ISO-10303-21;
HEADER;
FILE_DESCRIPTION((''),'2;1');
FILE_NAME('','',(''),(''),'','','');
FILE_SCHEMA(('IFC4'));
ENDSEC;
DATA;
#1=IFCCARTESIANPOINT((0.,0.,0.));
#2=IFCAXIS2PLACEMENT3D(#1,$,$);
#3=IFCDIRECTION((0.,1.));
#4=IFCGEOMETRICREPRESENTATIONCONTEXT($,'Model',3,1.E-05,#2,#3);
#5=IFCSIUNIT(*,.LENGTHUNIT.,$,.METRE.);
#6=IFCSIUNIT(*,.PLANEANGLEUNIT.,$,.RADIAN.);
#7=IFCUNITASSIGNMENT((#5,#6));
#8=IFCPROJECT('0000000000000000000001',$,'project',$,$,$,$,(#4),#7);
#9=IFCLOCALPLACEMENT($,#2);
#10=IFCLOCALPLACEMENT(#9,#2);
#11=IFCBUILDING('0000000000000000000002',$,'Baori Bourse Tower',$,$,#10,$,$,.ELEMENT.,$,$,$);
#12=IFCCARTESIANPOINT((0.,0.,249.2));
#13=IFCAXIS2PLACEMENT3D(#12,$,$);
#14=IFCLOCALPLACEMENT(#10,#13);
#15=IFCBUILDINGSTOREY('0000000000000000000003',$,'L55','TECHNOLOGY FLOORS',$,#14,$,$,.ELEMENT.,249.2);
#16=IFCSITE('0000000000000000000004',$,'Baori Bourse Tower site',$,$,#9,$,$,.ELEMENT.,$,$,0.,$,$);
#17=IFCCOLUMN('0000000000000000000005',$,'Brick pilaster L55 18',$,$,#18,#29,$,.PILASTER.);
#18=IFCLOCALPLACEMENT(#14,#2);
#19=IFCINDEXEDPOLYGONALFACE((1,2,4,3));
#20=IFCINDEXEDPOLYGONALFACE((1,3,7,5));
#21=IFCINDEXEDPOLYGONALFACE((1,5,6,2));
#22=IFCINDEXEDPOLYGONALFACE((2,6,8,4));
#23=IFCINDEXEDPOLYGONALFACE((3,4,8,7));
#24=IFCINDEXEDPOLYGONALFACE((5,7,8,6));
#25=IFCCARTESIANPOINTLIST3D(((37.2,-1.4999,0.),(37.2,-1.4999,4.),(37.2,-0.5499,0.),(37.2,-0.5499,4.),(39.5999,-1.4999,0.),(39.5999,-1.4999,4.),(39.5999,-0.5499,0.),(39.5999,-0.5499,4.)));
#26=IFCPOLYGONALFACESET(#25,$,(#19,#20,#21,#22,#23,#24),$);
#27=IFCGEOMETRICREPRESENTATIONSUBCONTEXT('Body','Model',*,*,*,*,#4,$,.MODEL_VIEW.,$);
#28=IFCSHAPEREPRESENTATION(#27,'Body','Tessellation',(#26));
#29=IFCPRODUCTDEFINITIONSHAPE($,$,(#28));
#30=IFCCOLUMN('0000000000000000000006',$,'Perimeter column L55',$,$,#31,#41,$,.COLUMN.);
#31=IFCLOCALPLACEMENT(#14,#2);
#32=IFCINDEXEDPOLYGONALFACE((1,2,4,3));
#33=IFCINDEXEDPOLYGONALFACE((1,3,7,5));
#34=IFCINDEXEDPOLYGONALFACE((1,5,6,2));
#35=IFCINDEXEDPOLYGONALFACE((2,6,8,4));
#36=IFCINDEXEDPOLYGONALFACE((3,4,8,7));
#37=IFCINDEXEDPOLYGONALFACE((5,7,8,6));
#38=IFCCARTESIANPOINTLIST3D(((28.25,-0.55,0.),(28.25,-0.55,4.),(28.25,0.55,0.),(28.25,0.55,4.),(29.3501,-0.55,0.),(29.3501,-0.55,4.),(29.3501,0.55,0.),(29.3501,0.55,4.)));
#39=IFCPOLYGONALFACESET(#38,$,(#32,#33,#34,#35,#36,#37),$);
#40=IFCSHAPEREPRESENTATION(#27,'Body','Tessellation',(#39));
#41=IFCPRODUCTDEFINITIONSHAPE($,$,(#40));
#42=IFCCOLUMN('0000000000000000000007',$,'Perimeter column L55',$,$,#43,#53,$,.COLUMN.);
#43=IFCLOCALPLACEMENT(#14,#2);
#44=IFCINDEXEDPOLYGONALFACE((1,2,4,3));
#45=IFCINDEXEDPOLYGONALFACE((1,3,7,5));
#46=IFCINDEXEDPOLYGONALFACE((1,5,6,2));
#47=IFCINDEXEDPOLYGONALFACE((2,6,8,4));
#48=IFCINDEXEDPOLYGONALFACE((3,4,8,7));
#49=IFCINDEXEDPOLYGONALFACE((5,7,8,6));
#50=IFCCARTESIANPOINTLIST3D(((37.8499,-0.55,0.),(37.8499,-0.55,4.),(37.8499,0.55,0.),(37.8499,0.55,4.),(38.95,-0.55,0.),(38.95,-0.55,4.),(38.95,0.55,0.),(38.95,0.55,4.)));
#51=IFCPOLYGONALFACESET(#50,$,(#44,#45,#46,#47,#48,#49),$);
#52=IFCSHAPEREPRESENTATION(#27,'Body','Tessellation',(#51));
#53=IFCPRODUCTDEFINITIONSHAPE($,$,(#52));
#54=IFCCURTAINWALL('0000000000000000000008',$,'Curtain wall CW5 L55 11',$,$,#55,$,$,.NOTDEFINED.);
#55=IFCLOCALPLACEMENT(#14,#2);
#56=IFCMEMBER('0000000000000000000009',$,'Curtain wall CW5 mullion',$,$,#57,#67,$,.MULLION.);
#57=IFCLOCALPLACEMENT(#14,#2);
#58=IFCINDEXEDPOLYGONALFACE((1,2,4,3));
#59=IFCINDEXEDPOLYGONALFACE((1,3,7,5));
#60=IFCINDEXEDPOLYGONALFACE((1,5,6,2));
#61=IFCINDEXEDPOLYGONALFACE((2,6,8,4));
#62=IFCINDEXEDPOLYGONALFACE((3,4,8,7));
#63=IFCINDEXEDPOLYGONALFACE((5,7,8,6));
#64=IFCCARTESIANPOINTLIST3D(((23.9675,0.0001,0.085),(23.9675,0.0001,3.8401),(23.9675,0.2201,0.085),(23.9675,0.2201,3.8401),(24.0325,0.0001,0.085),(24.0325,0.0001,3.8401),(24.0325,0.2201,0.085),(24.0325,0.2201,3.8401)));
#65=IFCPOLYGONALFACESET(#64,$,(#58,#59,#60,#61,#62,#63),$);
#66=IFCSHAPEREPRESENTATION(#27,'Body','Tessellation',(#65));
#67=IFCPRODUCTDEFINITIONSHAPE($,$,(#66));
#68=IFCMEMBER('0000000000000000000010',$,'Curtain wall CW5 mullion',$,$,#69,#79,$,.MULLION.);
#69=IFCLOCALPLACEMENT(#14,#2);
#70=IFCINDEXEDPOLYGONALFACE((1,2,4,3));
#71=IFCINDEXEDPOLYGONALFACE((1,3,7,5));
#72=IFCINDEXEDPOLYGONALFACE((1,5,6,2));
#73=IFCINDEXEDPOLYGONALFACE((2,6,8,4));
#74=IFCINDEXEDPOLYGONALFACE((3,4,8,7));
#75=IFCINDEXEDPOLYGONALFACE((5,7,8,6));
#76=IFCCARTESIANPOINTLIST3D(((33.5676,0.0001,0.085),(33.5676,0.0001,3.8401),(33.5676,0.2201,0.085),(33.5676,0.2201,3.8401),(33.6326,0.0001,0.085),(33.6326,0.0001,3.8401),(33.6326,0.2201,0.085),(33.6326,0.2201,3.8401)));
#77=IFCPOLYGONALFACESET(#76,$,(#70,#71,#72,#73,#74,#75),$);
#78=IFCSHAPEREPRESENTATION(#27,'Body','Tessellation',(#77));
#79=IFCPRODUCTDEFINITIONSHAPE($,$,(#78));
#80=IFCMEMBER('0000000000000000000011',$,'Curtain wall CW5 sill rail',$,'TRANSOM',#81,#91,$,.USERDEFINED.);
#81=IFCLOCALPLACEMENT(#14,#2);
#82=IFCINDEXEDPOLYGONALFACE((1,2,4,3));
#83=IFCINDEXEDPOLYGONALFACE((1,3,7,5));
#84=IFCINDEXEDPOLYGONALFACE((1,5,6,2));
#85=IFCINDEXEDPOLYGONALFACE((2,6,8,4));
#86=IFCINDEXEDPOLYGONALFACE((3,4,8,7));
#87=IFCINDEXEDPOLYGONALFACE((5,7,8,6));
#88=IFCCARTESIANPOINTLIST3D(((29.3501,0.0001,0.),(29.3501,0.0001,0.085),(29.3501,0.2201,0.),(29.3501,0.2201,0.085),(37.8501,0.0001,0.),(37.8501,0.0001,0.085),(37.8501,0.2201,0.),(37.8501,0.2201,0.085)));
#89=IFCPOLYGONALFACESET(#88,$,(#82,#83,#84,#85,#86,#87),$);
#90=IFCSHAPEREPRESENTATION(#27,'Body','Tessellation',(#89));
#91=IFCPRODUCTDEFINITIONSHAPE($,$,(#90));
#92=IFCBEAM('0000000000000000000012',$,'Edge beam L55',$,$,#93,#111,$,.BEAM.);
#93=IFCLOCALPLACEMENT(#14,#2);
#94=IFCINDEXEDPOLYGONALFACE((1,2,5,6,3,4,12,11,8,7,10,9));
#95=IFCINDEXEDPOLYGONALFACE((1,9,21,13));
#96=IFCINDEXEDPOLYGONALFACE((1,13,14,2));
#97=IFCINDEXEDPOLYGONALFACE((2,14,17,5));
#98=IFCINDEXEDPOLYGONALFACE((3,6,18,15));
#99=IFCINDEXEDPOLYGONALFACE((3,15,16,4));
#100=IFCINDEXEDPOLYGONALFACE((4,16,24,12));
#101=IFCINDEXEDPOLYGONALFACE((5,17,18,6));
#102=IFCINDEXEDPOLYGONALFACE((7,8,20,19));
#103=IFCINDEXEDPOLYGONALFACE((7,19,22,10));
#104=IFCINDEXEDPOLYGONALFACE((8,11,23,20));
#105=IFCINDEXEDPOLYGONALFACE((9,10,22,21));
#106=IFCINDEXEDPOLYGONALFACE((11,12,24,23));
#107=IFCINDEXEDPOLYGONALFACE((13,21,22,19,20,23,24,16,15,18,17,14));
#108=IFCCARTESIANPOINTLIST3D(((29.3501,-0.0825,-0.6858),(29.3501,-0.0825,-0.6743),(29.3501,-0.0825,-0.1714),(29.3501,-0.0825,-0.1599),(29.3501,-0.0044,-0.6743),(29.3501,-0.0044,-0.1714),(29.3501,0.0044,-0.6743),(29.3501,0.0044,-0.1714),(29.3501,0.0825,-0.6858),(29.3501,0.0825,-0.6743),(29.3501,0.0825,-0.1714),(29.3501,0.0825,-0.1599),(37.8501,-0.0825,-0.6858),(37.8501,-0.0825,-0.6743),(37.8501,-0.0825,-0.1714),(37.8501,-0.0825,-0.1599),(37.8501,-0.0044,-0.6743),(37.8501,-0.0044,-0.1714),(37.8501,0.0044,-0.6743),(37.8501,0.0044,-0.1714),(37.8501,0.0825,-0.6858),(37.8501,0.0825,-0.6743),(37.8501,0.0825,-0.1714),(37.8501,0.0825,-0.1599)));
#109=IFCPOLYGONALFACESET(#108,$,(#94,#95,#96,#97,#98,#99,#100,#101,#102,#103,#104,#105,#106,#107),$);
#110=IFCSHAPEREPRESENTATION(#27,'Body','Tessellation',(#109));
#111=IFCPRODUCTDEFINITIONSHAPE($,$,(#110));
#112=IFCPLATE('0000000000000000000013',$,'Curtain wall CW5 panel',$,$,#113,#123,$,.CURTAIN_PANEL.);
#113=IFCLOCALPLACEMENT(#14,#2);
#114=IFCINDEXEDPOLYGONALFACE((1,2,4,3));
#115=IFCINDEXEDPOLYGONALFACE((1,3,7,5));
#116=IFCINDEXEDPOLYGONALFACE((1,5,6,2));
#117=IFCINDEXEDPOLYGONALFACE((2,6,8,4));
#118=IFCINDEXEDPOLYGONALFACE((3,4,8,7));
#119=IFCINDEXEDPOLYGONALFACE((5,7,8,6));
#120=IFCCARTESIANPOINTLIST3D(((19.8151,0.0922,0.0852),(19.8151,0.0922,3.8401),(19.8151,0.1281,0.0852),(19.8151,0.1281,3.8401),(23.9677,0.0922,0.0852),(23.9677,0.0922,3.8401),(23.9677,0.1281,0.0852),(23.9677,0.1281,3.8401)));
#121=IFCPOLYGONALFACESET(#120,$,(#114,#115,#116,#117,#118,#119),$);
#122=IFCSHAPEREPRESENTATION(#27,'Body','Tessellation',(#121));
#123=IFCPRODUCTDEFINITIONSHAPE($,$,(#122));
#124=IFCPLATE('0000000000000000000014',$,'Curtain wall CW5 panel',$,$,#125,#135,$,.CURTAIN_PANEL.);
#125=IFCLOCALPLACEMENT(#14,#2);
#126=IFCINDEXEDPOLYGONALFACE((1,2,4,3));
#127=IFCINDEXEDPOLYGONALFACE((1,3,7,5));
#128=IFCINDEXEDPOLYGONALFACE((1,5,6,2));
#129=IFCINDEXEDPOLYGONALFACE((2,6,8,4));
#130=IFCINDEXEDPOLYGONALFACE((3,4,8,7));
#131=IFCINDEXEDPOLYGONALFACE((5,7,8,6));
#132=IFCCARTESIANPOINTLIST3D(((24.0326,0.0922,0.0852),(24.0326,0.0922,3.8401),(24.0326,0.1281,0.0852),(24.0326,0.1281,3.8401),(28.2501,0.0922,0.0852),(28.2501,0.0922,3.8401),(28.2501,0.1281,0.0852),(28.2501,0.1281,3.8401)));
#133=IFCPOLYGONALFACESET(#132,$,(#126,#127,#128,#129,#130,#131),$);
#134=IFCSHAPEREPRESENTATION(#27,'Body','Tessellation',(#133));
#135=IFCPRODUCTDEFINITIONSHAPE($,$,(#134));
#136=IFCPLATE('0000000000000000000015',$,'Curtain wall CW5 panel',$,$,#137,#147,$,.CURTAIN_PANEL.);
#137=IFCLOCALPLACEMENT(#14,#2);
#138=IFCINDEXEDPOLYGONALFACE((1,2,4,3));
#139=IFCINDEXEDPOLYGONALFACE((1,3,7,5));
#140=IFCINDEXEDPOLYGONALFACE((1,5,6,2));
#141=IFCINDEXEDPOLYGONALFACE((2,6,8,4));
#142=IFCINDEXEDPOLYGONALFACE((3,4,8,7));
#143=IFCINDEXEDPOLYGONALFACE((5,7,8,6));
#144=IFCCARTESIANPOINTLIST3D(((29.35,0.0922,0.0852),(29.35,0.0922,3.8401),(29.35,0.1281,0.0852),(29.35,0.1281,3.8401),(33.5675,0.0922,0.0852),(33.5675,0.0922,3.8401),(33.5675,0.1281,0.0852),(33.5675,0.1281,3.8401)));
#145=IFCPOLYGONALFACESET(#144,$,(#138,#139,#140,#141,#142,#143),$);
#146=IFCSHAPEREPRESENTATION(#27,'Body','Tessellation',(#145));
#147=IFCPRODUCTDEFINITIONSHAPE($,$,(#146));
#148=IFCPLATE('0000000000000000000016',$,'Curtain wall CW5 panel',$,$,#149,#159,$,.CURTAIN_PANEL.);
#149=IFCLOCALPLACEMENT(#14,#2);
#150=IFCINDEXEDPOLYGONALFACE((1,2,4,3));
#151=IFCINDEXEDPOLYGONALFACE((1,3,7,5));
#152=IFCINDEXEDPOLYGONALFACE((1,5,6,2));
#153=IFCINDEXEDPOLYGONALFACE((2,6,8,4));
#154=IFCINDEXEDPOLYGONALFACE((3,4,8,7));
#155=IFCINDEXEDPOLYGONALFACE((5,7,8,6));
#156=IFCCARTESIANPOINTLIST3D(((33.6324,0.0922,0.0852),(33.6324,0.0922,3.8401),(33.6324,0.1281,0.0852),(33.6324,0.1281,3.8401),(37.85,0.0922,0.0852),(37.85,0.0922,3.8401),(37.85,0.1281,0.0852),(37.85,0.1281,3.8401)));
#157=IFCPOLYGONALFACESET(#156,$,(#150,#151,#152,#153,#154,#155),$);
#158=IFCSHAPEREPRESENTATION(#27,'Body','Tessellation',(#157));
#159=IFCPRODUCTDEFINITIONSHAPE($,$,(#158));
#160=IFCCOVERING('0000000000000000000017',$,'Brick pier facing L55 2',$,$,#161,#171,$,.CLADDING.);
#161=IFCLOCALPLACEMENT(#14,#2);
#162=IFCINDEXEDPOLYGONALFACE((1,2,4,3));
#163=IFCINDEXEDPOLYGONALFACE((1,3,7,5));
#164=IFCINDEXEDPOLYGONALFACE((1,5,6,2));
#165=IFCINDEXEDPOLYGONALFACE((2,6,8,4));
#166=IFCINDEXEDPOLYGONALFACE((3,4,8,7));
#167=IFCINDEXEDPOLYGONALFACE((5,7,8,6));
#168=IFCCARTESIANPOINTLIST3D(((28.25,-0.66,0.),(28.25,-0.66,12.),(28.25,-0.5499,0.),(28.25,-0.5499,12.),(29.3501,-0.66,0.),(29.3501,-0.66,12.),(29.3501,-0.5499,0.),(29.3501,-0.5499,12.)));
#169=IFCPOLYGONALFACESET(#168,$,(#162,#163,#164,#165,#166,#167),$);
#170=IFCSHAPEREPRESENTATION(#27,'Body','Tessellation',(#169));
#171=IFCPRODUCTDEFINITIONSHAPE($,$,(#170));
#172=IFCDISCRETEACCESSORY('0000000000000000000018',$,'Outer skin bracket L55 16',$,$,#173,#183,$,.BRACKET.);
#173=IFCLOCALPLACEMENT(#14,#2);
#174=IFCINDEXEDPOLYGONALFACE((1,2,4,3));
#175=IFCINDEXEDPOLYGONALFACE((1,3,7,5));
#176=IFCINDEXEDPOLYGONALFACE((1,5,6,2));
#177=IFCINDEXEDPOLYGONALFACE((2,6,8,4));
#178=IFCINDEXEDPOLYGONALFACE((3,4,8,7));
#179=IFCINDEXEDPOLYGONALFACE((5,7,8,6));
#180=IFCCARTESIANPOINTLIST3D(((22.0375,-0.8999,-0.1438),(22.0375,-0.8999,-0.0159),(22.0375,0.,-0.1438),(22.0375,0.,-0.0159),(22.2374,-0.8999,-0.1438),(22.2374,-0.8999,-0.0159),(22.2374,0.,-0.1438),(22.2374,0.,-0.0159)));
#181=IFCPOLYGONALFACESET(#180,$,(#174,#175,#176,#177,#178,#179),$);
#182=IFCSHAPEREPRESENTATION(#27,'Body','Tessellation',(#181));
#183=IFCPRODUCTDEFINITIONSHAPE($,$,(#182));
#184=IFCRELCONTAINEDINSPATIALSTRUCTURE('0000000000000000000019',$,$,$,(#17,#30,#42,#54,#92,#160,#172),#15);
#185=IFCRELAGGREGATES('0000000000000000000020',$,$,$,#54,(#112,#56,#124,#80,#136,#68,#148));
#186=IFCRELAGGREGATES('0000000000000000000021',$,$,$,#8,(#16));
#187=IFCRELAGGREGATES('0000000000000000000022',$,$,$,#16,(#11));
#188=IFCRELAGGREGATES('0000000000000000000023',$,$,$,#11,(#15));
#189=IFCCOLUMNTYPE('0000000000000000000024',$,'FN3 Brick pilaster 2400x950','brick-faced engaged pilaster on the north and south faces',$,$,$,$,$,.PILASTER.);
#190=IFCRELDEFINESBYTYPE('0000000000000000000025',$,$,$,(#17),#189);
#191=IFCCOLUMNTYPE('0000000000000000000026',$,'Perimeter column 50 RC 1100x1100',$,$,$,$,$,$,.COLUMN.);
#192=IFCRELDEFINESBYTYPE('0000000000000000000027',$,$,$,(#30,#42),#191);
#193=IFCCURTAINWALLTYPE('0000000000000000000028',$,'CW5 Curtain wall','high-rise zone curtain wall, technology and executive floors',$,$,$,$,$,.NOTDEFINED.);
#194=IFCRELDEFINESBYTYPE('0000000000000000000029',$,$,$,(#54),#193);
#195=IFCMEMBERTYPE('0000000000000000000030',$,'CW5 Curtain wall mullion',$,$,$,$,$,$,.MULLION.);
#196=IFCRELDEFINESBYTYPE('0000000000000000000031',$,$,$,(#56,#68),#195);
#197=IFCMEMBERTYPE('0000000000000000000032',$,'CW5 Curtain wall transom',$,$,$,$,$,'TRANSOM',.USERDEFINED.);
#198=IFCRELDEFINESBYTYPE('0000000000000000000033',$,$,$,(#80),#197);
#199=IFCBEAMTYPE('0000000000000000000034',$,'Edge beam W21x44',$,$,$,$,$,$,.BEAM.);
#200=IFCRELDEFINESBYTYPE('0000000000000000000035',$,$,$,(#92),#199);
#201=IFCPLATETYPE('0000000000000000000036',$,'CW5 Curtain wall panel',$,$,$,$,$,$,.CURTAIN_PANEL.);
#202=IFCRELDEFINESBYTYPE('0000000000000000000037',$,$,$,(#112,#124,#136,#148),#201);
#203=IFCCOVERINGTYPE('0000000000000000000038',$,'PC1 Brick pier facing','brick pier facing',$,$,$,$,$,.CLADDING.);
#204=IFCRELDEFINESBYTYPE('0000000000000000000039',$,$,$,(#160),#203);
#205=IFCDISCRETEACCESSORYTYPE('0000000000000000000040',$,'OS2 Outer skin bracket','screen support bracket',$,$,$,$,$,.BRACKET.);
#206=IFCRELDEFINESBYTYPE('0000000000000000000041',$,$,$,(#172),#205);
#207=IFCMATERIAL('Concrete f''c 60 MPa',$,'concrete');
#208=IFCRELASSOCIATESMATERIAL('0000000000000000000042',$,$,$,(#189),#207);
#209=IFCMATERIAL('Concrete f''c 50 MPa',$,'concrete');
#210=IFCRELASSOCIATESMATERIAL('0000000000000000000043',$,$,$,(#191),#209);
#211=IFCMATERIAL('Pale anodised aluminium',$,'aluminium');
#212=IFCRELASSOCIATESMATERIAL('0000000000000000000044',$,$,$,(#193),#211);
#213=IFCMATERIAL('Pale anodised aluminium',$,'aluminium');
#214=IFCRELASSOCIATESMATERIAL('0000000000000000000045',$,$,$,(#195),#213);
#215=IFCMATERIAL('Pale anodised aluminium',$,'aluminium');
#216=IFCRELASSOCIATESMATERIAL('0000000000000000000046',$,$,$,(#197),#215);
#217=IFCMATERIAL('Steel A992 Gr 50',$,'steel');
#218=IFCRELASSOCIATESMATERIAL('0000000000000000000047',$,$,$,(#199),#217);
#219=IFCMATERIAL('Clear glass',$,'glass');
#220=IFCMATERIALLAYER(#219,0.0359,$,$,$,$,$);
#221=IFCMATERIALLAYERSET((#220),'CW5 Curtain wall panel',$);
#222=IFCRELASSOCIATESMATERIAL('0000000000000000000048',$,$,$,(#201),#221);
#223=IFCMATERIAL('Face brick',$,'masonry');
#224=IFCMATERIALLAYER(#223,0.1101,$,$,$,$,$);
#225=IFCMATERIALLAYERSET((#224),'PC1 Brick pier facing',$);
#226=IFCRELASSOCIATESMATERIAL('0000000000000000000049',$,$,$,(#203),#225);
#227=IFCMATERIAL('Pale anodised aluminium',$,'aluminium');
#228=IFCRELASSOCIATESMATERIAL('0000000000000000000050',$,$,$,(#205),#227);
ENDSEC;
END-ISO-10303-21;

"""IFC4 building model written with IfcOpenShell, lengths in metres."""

from ifc_helpers import new_model, si_unit, direction, frame, origin, origin_2d, place, context, subcontext, project, spatial, rectangle, i_section, extrude, material, layer, layer_set, material_profile, profile_set, type_object, element, aggregate, save


model = new_model("IFC4")

# Units and contexts
model_context = context("Model", 3, precision=1e-05, world=origin(), true_north=direction((0.0, 1.0)))
body_context = subcontext(model_context, "Body", "Model", "MODEL_VIEW")
ifc_project = project(units=[si_unit("LENGTHUNIT", "METRE"), si_unit("PLANEANGLEUNIT", "RADIAN")], contexts=[model_context])

# Site, building, storey
site_placement = place(None, origin())
site = spatial("IfcSite", under=ifc_project, at=site_placement, Name="Baori Bourse Tower site", CompositionType="ELEMENT", RefElevation=0.0)
building_placement = place(site_placement, origin())
building = spatial("IfcBuilding", under=site, at=building_placement, Name="Baori Bourse Tower", CompositionType="ELEMENT")
storey_placement = place(building_placement, frame((0.0, 0.0, 249.2)))
storey = spatial("IfcBuildingStorey", under=building, at=storey_placement, Name="L55", Description="TECHNOLOGY FLOORS", CompositionType="ELEMENT", Elevation=249.2)

# Columns
ifc_material_1 = material(Name="Concrete f'c 60 MPa", Category="concrete")
ifc_material_profile_1 = material_profile(ifc_material_1, rectangle(XDim=2.3999, YDim=0.95, at=origin_2d()), Name="RC 2400x950")
ifc_profile_set_1 = profile_set([ifc_material_profile_1], Name="Concrete f'c 60 MPa")
column_type_1 = type_object("IfcColumnType", Name="FN3 Brick pilaster 2400x950", Description="brick-faced engaged pilaster on the north and south faces", PredefinedType="PILASTER", material=ifc_profile_set_1)
column_placement = place(storey_placement, frame((38.3999, -1.0249, 0.0), z_axis=(0.0, 0.0, 1.0), x_axis=(1.0, 0.0, 0.0)))
element("IfcColumn", 1, at=column_placement, inside=storey, type_object=column_type_1, Name="Brick pilaster L55 18", PredefinedType="PILASTER", context=body_context, shape_type="SweptSolid", body=[
    extrude(rectangle(XDim=2.3999, YDim=0.95, at=origin_2d()), origin(), (0.0, 0.0, 1.0), 4.0),
])
ifc_material_2 = material(Name="Concrete f'c 50 MPa", Category="concrete")
ifc_material_profile_2 = material_profile(ifc_material_2, rectangle(XDim=1.1001, YDim=1.1001, at=origin_2d()), Name="RC 1100x1100")
ifc_profile_set_2 = profile_set([ifc_material_profile_2], Name="Concrete f'c 50 MPa")
column_type_2 = type_object("IfcColumnType", Name="Perimeter column 50 RC 1100x1100", PredefinedType="COLUMN", material=ifc_profile_set_2)
for number, where, z_axis, x_axis, name in (
    (2, (28.8, 0.0, 0.0), (0.0, 0.0, 1.0), (1.0, 0.0, 0.0), "Perimeter column L55"),
    (3, (38.3999, 0.0, 0.0), (0.0, 0.0, 1.0), (1.0, 0.0, 0.0), "Perimeter column L55"),
):
    element("IfcColumn", number, at=place(storey_placement, frame(where, z_axis=z_axis, x_axis=x_axis)), inside=storey, type_object=column_type_2, Name=name, PredefinedType="COLUMN", context=body_context, shape_type="SweptSolid", body=[
        extrude(rectangle(XDim=1.1001, YDim=1.1001, at=origin_2d()), origin(), (0.0, 0.0, 1.0), 4.0),
    ])

# Curtain wall, members
ifc_material_3 = material(Name="Pale anodised aluminium", Category="aluminium")
curtain_wall_type = type_object("IfcCurtainWallType", Name="CW5 Curtain wall", Description="high-rise zone curtain wall, technology and executive floors", PredefinedType="NOTDEFINED", material=ifc_material_3)
curtain_wall_placement = place(storey_placement, origin())
curtain_wall = element("IfcCurtainWall", 4, at=curtain_wall_placement, inside=storey, type_object=curtain_wall_type, Name="Curtain wall CW5 L55 11", PredefinedType="NOTDEFINED")
ifc_material_4 = material(Name="Pale anodised aluminium", Category="aluminium")
ifc_material_profile_3 = material_profile(ifc_material_4, rectangle(XDim=0.22, YDim=0.0649, at=origin_2d()), Name="Mullion 65x220")
ifc_profile_set_3 = profile_set([ifc_material_profile_3], Name="Pale anodised aluminium")
member_type_1 = type_object("IfcMemberType", Name="CW5 Curtain wall mullion", PredefinedType="MULLION", material=ifc_profile_set_3)
member_1_placement = place(storey_placement, frame((24.0, 0.1101, 0.085), z_axis=(0.0, 0.0, 1.0), x_axis=(0.0, 1.0, 0.0)))
member_1 = element("IfcMember", 5, at=member_1_placement, type_object=member_type_1, Name="Curtain wall CW5 mullion", PredefinedType="MULLION", context=body_context, shape_type="SweptSolid", body=[
    extrude(rectangle(XDim=0.22, YDim=0.0649, at=origin_2d()), origin(), (0.0, 0.0, 1.0), 3.7551),
])
member_2_placement = place(storey_placement, frame((33.6001, 0.1101, 0.085), z_axis=(0.0, 0.0, 1.0), x_axis=(0.0, 1.0, 0.0)))
member_2 = element("IfcMember", 6, at=member_2_placement, type_object=member_type_1, Name="Curtain wall CW5 mullion", PredefinedType="MULLION", context=body_context, shape_type="SweptSolid", body=[
    extrude(rectangle(XDim=0.22, YDim=0.0649, at=origin_2d()), origin(), (0.0, 0.0, 1.0), 3.7551),
])
ifc_material_5 = material(Name="Pale anodised aluminium", Category="aluminium")
ifc_material_profile_4 = material_profile(ifc_material_5, rectangle(XDim=0.22, YDim=0.085, at=origin_2d()), Name="Transom 85x220")
ifc_profile_set_4 = profile_set([ifc_material_profile_4], Name="Pale anodised aluminium")
member_type_2 = type_object("IfcMemberType", Name="CW5 Curtain wall transom", ElementType="TRANSOM", PredefinedType="USERDEFINED", material=ifc_profile_set_4)
member_3_placement = place(storey_placement, frame((29.3501, 0.1101, 0.0425), z_axis=(1.0, 0.0, 0.0), x_axis=(0.0, 1.0, 0.0)))
member_3 = element("IfcMember", 7, at=member_3_placement, type_object=member_type_2, Name="Curtain wall CW5 sill rail", ObjectType="TRANSOM", PredefinedType="USERDEFINED", context=body_context, shape_type="SweptSolid", body=[
    extrude(rectangle(XDim=0.22, YDim=0.085, at=origin_2d()), origin(), (0.0, 0.0, 1.0), 8.5),
])

# Beam
ifc_material_6 = material(Name="Steel A992 Gr 50", Category="steel")
ifc_material_profile_5 = material_profile(ifc_material_6, i_section(OverallWidth=0.165, OverallDepth=0.5259, WebThickness=0.0088, FlangeThickness=0.0115, at=origin_2d()), Name="W21x44")
ifc_profile_set_5 = profile_set([ifc_material_profile_5], Name="Steel A992 Gr 50")
beam_type = type_object("IfcBeamType", Name="Edge beam W21x44", PredefinedType="BEAM", material=ifc_profile_set_5)
beam_placement = place(storey_placement, frame((29.3501, 0.0, -0.4229), z_axis=(1.0, 0.0, 0.0), x_axis=(0.0, 1.0, 0.0)))
element("IfcBeam", 8, at=beam_placement, inside=storey, type_object=beam_type, Name="Edge beam L55", PredefinedType="BEAM", context=body_context, shape_type="SweptSolid", body=[
    extrude(i_section(OverallWidth=0.165, OverallDepth=0.5259, WebThickness=0.0088, FlangeThickness=0.0115, at=origin_2d()), origin(), (0.0, 0.0, 1.0), 8.5),
])

# Plates
ifc_material_7 = material(Name="Clear glass", Category="glass")
ifc_layer_1 = layer(ifc_material_7, 0.0359)
ifc_layer_set_1 = layer_set([ifc_layer_1], Name="CW5 Curtain wall panel")
plate_type = type_object("IfcPlateType", Name="CW5 Curtain wall panel", PredefinedType="CURTAIN_PANEL", material=ifc_layer_set_1)
plate_1_placement = place(storey_placement, frame((21.8914, 0.1101, 0.0852), z_axis=(0.0, 0.0, 1.0), x_axis=(1.0, 0.0, 0.0)))
plate_1 = element("IfcPlate", 9, at=plate_1_placement, type_object=plate_type, Name="Curtain wall CW5 panel", PredefinedType="CURTAIN_PANEL", context=body_context, shape_type="SweptSolid", body=[
    extrude(rectangle(XDim=4.1526, YDim=0.0359, at=origin_2d()), origin(), (0.0, 0.0, 1.0), 3.7549),
])
plate_2_placement = place(storey_placement, frame((26.1414, 0.1101, 0.0852), z_axis=(0.0, 0.0, 1.0), x_axis=(1.0, 0.0, 0.0)))
plate_2 = element("IfcPlate", 10, at=plate_2_placement, type_object=plate_type, Name="Curtain wall CW5 panel", PredefinedType="CURTAIN_PANEL", context=body_context, shape_type="SweptSolid", body=[
    extrude(rectangle(XDim=4.2175, YDim=0.0359, at=origin_2d()), origin(), (0.0, 0.0, 1.0), 3.7549),
])
plate_3_placement = place(storey_placement, frame((31.4587, 0.1101, 0.0852), z_axis=(0.0, 0.0, 1.0), x_axis=(1.0, 0.0, 0.0)))
plate_3 = element("IfcPlate", 11, at=plate_3_placement, type_object=plate_type, Name="Curtain wall CW5 panel", PredefinedType="CURTAIN_PANEL", context=body_context, shape_type="SweptSolid", body=[
    extrude(rectangle(XDim=4.2175, YDim=0.0359, at=origin_2d()), origin(), (0.0, 0.0, 1.0), 3.7549),
])
plate_4_placement = place(storey_placement, frame((35.7412, 0.1101, 0.0852), z_axis=(0.0, 0.0, 1.0), x_axis=(1.0, 0.0, 0.0)))
plate_4 = element("IfcPlate", 12, at=plate_4_placement, type_object=plate_type, Name="Curtain wall CW5 panel", PredefinedType="CURTAIN_PANEL", context=body_context, shape_type="SweptSolid", body=[
    extrude(rectangle(XDim=4.2175, YDim=0.0359, at=origin_2d()), origin(), (0.0, 0.0, 1.0), 3.7549),
])
aggregate(curtain_wall, [plate_1, member_1, plate_2, member_3, plate_3, member_2, plate_4])

# Covering
ifc_material_8 = material(Name="Face brick", Category="masonry")
ifc_layer_2 = layer(ifc_material_8, 0.1101)
ifc_layer_set_2 = layer_set([ifc_layer_2], Name="PC1 Brick pier facing")
covering_type = type_object("IfcCoveringType", Name="PC1 Brick pier facing", Description="brick pier facing", PredefinedType="CLADDING", material=ifc_layer_set_2)
covering_placement = place(storey_placement, frame((28.8, -0.605, 0.0), z_axis=(0.0, 0.0, 1.0), x_axis=(1.0, 0.0, 0.0)))
element("IfcCovering", 13, at=covering_placement, inside=storey, type_object=covering_type, Name="Brick pier facing L55 2", PredefinedType="CLADDING", context=body_context, shape_type="SweptSolid", body=[
    extrude(rectangle(XDim=1.1001, YDim=0.1101, at=origin_2d()), origin(), (0.0, 0.0, 1.0), 12.0),
])

# Discrete accessory
ifc_material_9 = material(Name="Pale anodised aluminium", Category="aluminium")
discrete_accessory_type = type_object("IfcDiscreteAccessoryType", Name="OS2 Outer skin bracket", Description="screen support bracket", PredefinedType="BRACKET", material=ifc_material_9)
for number, where, z_axis, x_axis, name in (
    (14, (22.1375, -0.45, -0.1438), (0.0, 0.0, 1.0), (1.0, 0.0, 0.0), "Outer skin bracket L55 16"),
):
    element("IfcDiscreteAccessory", number, at=place(storey_placement, frame(where, z_axis=z_axis, x_axis=x_axis)), inside=storey, type_object=discrete_accessory_type, Name=name, PredefinedType="BRACKET", context=body_context, shape_type="SweptSolid", body=[
        extrude(rectangle(XDim=0.2, YDim=0.8999, at=origin_2d()), origin(), (0.0, 0.0, 1.0), 0.1279),
    ])

save(model, "model.ifc")
